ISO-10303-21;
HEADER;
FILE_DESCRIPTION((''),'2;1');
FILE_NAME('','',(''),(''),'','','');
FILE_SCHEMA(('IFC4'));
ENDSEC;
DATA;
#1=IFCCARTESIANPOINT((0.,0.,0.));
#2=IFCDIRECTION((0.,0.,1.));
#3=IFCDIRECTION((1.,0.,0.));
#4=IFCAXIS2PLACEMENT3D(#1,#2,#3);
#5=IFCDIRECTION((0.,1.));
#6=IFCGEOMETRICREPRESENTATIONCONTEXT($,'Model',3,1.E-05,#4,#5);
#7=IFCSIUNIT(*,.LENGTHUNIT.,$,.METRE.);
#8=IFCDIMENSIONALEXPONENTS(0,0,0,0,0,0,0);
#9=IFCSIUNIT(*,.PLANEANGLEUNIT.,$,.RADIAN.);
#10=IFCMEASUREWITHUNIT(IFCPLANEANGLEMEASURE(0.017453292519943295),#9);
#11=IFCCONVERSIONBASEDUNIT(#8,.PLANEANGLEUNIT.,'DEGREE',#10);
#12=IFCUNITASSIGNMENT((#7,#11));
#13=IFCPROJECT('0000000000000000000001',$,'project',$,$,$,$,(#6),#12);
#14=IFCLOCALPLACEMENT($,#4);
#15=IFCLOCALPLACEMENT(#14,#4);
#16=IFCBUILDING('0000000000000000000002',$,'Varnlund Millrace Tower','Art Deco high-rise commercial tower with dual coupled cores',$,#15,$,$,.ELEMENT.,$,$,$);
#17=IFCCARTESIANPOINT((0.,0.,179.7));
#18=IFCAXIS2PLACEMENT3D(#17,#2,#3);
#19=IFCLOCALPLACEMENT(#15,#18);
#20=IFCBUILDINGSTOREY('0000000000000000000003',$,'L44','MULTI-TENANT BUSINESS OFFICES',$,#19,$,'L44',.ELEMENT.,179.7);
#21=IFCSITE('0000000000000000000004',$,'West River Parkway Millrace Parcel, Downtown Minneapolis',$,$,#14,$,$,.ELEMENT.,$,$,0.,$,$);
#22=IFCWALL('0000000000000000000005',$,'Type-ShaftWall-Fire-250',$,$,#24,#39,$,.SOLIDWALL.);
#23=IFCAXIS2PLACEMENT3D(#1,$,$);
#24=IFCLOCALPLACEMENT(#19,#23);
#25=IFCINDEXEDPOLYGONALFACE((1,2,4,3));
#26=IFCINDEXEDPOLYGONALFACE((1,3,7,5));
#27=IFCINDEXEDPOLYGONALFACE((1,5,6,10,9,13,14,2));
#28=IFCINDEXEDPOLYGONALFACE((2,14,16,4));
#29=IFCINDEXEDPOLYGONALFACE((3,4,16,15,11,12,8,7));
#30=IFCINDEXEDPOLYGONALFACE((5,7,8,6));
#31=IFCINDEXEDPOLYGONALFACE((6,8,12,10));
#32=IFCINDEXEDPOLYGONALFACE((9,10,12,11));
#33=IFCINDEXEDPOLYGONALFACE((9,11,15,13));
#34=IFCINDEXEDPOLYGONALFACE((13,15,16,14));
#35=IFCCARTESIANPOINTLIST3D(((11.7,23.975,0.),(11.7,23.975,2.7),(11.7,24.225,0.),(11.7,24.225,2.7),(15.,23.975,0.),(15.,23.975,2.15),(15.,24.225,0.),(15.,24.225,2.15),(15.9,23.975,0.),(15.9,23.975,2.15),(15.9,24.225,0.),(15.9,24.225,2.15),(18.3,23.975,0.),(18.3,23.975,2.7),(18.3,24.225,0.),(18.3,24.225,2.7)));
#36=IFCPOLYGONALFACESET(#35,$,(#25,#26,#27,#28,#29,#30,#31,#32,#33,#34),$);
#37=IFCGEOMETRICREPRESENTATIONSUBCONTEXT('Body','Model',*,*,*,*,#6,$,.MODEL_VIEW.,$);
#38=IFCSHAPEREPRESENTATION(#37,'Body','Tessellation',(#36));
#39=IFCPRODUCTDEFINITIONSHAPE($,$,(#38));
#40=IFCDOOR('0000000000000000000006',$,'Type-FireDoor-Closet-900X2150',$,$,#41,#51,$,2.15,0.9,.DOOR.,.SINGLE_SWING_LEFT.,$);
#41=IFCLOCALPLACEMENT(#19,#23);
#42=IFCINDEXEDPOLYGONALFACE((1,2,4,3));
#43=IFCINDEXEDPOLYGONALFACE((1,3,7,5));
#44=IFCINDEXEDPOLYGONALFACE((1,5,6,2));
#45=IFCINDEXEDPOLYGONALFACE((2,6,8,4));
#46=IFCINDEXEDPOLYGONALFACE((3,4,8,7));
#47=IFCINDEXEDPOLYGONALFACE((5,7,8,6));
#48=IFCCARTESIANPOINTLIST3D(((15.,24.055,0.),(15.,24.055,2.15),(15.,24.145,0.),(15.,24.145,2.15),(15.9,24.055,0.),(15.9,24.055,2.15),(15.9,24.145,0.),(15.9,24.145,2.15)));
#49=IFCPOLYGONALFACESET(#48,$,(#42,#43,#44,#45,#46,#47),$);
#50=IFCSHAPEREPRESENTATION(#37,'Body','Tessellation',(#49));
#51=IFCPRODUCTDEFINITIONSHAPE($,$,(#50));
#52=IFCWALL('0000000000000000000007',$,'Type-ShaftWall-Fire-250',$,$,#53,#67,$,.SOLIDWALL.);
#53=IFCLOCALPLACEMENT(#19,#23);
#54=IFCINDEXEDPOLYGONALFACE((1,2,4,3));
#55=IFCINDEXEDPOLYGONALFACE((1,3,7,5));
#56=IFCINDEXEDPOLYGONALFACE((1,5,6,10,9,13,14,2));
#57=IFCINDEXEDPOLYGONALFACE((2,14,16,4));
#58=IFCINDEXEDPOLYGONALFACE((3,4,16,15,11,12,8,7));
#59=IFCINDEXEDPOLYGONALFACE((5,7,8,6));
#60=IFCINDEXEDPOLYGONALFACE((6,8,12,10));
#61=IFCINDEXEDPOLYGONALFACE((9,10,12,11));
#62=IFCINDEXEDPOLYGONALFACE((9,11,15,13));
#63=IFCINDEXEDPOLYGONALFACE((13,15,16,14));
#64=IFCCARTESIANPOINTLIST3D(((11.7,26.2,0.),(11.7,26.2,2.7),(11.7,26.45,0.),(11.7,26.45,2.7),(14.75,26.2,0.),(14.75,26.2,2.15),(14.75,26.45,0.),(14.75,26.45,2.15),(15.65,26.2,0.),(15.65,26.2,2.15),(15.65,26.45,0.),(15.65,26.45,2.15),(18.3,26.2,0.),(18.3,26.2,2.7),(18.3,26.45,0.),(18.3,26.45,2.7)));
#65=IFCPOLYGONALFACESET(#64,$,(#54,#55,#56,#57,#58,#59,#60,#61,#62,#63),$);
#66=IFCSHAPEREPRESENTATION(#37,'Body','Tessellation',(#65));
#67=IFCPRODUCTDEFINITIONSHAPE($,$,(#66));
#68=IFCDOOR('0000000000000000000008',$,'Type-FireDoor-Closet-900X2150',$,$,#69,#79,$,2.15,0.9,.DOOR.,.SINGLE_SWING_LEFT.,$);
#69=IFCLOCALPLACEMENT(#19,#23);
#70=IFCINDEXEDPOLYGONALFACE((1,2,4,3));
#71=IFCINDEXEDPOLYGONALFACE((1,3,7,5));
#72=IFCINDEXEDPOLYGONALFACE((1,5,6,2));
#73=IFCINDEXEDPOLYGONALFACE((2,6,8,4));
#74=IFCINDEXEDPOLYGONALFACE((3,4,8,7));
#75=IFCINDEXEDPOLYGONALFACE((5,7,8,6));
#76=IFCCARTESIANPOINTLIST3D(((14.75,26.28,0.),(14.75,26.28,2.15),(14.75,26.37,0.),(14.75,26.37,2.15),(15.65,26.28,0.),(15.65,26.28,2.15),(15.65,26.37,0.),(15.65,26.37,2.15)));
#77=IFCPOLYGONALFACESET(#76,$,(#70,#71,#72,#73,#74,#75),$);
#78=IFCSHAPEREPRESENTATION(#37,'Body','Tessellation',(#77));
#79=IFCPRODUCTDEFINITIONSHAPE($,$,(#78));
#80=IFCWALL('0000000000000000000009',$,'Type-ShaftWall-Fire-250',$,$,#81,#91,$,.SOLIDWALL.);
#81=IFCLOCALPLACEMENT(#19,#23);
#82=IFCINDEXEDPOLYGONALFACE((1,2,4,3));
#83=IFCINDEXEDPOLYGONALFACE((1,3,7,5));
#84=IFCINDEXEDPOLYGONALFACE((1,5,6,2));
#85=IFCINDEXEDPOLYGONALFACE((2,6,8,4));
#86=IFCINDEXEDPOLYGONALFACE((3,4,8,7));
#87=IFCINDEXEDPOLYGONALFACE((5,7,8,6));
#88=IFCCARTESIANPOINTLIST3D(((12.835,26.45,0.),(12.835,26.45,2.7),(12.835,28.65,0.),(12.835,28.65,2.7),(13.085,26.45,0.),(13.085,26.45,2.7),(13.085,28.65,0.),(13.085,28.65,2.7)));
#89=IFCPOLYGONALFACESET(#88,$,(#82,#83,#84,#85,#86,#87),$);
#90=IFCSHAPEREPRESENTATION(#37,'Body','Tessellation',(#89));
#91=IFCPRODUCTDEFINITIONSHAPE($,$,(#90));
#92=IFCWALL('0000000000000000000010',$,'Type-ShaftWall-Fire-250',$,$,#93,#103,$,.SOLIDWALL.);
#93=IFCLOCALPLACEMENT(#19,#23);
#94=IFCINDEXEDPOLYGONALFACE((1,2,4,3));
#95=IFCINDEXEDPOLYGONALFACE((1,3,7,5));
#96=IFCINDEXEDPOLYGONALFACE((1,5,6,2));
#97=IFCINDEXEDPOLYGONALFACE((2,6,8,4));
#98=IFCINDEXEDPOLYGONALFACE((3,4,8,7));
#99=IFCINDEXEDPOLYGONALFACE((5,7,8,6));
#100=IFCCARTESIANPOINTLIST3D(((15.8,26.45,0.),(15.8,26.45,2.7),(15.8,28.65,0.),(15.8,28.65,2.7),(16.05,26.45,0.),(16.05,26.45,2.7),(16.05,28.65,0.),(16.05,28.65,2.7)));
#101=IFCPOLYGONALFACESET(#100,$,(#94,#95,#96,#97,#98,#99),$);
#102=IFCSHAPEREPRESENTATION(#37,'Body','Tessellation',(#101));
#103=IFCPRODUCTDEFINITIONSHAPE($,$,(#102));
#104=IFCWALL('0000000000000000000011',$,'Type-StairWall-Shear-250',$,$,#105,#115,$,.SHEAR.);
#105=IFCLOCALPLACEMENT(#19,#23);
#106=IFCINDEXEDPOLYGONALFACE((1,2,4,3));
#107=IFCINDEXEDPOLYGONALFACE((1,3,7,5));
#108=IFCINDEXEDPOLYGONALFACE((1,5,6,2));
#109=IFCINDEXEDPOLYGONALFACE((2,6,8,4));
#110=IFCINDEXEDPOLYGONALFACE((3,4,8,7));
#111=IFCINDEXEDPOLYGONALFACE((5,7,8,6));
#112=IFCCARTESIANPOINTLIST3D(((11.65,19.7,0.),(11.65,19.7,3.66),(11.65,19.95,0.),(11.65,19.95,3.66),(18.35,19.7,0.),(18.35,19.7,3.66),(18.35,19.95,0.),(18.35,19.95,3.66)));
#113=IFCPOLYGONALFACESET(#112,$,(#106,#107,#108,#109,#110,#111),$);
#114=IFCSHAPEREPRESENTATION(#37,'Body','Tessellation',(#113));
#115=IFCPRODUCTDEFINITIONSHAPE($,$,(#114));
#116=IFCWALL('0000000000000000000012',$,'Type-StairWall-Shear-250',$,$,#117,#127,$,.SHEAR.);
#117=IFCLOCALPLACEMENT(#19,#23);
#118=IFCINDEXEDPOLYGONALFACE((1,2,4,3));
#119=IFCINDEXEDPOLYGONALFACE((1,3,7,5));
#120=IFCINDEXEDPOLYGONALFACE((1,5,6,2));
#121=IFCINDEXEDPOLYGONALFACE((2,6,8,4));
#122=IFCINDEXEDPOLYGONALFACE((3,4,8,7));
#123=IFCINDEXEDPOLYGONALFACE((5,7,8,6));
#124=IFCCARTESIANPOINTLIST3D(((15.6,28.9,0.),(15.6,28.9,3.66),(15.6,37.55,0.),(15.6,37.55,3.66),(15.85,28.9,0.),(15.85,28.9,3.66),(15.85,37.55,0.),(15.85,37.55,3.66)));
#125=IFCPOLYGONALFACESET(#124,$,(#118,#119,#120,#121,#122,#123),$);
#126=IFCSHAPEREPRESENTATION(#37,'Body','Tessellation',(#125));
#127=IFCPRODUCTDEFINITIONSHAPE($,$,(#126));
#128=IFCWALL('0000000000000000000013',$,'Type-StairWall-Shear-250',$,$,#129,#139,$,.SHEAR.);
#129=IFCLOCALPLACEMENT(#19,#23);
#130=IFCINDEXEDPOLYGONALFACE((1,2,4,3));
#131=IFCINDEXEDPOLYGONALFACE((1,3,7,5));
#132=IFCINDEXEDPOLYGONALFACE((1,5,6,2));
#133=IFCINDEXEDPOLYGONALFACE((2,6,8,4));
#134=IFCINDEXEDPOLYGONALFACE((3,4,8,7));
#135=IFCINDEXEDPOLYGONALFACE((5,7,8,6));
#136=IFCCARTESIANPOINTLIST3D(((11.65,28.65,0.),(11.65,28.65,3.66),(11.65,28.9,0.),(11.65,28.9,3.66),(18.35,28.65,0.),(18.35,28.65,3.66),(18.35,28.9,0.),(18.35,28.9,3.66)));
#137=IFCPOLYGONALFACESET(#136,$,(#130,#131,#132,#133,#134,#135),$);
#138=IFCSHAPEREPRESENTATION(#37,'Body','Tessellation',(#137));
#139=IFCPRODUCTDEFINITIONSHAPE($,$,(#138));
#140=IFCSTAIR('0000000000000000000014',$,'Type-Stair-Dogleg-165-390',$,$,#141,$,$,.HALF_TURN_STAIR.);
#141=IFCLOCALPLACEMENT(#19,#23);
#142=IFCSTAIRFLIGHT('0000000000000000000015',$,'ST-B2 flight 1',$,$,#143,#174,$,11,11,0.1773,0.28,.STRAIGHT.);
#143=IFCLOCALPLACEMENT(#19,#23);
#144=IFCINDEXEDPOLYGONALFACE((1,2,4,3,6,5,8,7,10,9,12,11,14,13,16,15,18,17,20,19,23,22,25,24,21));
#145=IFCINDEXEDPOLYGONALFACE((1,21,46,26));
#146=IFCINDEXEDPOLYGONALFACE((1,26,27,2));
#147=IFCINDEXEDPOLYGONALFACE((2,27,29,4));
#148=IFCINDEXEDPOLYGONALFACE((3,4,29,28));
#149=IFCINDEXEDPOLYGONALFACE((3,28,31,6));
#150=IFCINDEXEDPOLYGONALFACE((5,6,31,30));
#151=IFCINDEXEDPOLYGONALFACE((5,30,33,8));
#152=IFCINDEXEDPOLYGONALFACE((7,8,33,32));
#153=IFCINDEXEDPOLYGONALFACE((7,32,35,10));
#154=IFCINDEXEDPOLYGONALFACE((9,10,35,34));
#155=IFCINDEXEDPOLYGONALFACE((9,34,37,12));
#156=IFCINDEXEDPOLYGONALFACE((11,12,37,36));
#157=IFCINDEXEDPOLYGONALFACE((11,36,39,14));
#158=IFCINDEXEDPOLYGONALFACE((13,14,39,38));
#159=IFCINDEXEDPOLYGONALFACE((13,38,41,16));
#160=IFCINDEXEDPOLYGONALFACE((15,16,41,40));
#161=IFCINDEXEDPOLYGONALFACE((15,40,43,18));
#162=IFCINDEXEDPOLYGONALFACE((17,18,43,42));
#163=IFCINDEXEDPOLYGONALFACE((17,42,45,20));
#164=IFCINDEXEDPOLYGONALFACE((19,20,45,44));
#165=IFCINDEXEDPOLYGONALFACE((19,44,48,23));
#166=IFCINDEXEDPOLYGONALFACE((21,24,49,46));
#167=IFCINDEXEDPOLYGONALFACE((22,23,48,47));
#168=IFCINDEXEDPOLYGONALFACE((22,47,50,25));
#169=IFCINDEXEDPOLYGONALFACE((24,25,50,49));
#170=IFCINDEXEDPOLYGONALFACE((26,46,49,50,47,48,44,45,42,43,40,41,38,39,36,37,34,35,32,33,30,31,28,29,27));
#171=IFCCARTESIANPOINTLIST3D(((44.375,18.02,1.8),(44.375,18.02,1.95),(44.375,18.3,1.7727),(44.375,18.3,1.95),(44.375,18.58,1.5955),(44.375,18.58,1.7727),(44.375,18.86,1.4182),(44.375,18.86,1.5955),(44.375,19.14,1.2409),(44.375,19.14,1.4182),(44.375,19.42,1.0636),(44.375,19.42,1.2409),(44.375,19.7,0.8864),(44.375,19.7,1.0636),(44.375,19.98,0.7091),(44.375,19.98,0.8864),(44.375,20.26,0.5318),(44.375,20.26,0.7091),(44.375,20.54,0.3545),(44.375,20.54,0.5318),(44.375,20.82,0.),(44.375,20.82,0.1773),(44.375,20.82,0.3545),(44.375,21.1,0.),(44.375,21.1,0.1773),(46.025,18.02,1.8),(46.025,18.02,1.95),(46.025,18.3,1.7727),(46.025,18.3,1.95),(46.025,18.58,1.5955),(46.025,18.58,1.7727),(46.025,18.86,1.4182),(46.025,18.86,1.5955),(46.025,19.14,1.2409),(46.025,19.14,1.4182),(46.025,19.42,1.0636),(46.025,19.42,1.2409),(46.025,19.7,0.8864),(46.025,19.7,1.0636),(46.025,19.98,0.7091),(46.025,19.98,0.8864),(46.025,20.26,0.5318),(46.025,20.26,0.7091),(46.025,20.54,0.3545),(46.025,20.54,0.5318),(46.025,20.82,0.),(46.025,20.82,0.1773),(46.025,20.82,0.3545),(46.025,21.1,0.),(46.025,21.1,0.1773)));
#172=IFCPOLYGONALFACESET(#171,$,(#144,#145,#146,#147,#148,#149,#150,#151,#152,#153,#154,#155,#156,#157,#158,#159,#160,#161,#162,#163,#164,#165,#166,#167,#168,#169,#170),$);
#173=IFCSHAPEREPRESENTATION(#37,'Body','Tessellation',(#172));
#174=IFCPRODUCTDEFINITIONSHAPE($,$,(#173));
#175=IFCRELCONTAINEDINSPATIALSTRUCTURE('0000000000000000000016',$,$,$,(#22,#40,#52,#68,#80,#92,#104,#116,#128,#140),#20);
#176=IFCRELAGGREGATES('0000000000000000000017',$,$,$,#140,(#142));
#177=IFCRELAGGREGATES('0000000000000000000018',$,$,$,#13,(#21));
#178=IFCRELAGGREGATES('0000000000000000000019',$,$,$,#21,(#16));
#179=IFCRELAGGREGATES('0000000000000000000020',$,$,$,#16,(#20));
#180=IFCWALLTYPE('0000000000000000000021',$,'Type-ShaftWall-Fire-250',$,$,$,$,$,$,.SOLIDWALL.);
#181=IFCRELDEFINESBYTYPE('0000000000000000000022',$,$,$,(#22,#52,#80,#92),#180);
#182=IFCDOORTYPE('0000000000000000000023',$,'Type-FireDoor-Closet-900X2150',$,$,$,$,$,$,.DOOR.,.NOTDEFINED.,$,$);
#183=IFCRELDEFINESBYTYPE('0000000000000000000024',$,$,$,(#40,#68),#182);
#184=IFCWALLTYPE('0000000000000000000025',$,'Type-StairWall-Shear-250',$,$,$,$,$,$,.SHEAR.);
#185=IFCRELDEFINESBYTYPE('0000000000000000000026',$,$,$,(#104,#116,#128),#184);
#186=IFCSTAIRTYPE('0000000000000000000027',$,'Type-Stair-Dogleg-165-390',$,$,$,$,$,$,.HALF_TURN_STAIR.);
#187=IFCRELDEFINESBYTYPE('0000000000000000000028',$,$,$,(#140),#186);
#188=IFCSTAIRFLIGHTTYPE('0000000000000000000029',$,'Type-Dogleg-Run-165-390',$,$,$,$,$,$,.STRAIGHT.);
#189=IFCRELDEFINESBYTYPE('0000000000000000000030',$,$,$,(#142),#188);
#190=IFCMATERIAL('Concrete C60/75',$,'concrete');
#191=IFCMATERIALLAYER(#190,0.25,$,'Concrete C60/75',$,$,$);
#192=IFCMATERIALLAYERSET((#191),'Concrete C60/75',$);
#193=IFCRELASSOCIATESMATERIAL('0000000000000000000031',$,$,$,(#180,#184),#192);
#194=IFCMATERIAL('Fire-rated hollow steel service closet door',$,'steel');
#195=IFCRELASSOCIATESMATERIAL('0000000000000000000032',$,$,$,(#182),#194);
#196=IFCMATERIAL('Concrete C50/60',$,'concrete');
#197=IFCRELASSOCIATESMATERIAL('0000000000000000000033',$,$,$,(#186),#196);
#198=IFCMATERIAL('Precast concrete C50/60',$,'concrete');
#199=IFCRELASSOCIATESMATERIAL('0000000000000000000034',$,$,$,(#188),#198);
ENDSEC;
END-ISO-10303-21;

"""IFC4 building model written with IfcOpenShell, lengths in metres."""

from ifc_helpers import new_model, entity, si_unit, converted_unit, direction, frame, origin_with_axes, origin_2d_with_axis, place, context, subcontext, project, spatial, polyline, rectangle, outline, extrude, material, layer, layer_set, type_object, element, fill, aggregate, save


model = new_model("IFC4")

# Units and contexts
model_context = context("Model", 3, precision=1e-05, world=origin_with_axes(), true_north=direction((0.0, 1.0)))
body_context = subcontext(model_context, "Body", "Model", "MODEL_VIEW")
ifc_project = project(units=[si_unit("LENGTHUNIT", "METRE"), converted_unit("PLANEANGLEUNIT", "DEGREE", entity("IfcPlaneAngleMeasure", 0.017453292519943295), si_unit("PLANEANGLEUNIT", "RADIAN"), dimensions=[0, 0, 0, 0, 0, 0, 0])], contexts=[model_context])

# Site, building, storey
site_placement = place(None, origin_with_axes())
site = spatial("IfcSite", under=ifc_project, at=site_placement, Name="West River Parkway Millrace Parcel, Downtown Minneapolis", CompositionType="ELEMENT", RefElevation=0.0)
building_placement = place(site_placement, origin_with_axes())
building = spatial("IfcBuilding", under=site, at=building_placement, Name="Varnlund Millrace Tower", Description="Art Deco high-rise commercial tower with dual coupled cores", CompositionType="ELEMENT")
storey_placement = place(building_placement, frame((0.0, 0.0, 179.7), z_axis=(0.0, 0.0, 1.0), x_axis=(1.0, 0.0, 0.0)))
storey = spatial("IfcBuildingStorey", under=building, at=storey_placement, Name="L44", Description="MULTI-TENANT BUSINESS OFFICES", LongName="L44", CompositionType="ELEMENT", Elevation=179.7)

# Shared definitions
ifc_material_1 = material(Name="Concrete C60/75", Category="concrete")
ifc_layer_1 = layer(ifc_material_1, 0.25, Name="Concrete C60/75")
ifc_layer_set_1 = layer_set([ifc_layer_1], Name="Concrete C60/75")
wall_type_1 = type_object("IfcWallType", Name="Type-ShaftWall-Fire-250", PredefinedType="SOLIDWALL", material=ifc_layer_set_1)

# Walls, openings, doors
wall_1_placement = place(storey_placement, frame((11.7, 24.1, 0.0), z_axis=(0.0, 0.0, 1.0), x_axis=(1.0, 0.0, 0.0)))
wall_1 = element("IfcWall", 1, at=wall_1_placement, inside=storey, type_object=wall_type_1, Name="Type-ShaftWall-Fire-250", PredefinedType="SOLIDWALL", context=body_context, shape_type="SweptSolid", body=[
    extrude(outline(polyline([(0.0, -0.125), (6.6, -0.125), (6.6, 0.125), (0.0, 0.125), (0.0, -0.125)])), origin_with_axes(), (0.0, 0.0, 1.0), 2.7),
])
opening_1_placement = place(wall_1_placement, frame((3.75, 0.0, 0.0), z_axis=(0.0, 0.0, 1.0), x_axis=(1.0, 0.0, 0.0)))
opening_1 = element("IfcOpeningElement", 2, at=opening_1_placement, cuts=wall_1, PredefinedType="OPENING", context=body_context, shape_type="SweptSolid", body=[
    extrude(rectangle(XDim=0.9, YDim=0.27, at=origin_2d_with_axis()), origin_with_axes(), (0.0, 0.0, 1.0), 2.15),
])
ifc_material_2 = material(Name="Fire-rated hollow steel service closet door", Category="steel")
door_type_1 = type_object("IfcDoorType", Name="Type-FireDoor-Closet-900X2150", OperationType="NOTDEFINED", PredefinedType="DOOR", material=ifc_material_2)
door_1_placement = place(wall_1_placement, frame((3.75, 0.0, 0.0), z_axis=(0.0, 0.0, 1.0), x_axis=(1.0, 0.0, 0.0)))
door_1 = element("IfcDoor", 3, at=door_1_placement, inside=storey, type_object=door_type_1, Name="Type-FireDoor-Closet-900X2150", OperationType="SINGLE_SWING_LEFT", OverallHeight=2.15, OverallWidth=0.9, PredefinedType="DOOR", context=body_context, shape_type="SweptSolid", body=[
    extrude(rectangle(XDim=0.9, YDim=0.09, at=origin_2d_with_axis()), origin_with_axes(), (0.0, 0.0, 1.0), 2.15),
])
fill(opening_1, door_1)
wall_2_placement = place(storey_placement, frame((11.7, 26.325, 0.0), z_axis=(0.0, 0.0, 1.0), x_axis=(1.0, 0.0, 0.0)))
wall_2 = element("IfcWall", 4, at=wall_2_placement, inside=storey, type_object=wall_type_1, Name="Type-ShaftWall-Fire-250", PredefinedType="SOLIDWALL", context=body_context, shape_type="SweptSolid", body=[
    extrude(outline(polyline([(0.0, -0.125), (6.6, -0.125), (6.6, 0.125), (0.0, 0.125), (0.0, -0.125)])), origin_with_axes(), (0.0, 0.0, 1.0), 2.7),
])
opening_2_placement = place(wall_2_placement, frame((3.5, 0.0, 0.0), z_axis=(0.0, 0.0, 1.0), x_axis=(1.0, 0.0, 0.0)))
opening_2 = element("IfcOpeningElement", 5, at=opening_2_placement, cuts=wall_2, PredefinedType="OPENING", context=body_context, shape_type="SweptSolid", body=[
    extrude(rectangle(XDim=0.9, YDim=0.27, at=origin_2d_with_axis()), origin_with_axes(), (0.0, 0.0, 1.0), 2.15),
])
door_2_placement = place(wall_2_placement, frame((3.5, 0.0, 0.0), z_axis=(0.0, 0.0, 1.0), x_axis=(1.0, 0.0, 0.0)))
door_2 = element("IfcDoor", 6, at=door_2_placement, inside=storey, type_object=door_type_1, Name="Type-FireDoor-Closet-900X2150", OperationType="SINGLE_SWING_LEFT", OverallHeight=2.15, OverallWidth=0.9, PredefinedType="DOOR", context=body_context, shape_type="SweptSolid", body=[
    extrude(rectangle(XDim=0.9, YDim=0.09, at=origin_2d_with_axis()), origin_with_axes(), (0.0, 0.0, 1.0), 2.15),
])
fill(opening_2, door_2)

# Walls
for number, where, z_axis, x_axis, name in (
    (7, (12.96, 26.45, 0.0), (0.0, 0.0, 1.0), (0.0, 1.0, 0.0), "Type-ShaftWall-Fire-250"),
    (8, (15.925, 26.45, 0.0), (0.0, 0.0, 1.0), (0.0, 1.0, 0.0), "Type-ShaftWall-Fire-250"),
):
    element("IfcWall", number, at=place(storey_placement, frame(where, z_axis=z_axis, x_axis=x_axis)), inside=storey, type_object=wall_type_1, Name=name, PredefinedType="SOLIDWALL", context=body_context, shape_type="SweptSolid", body=[
        extrude(outline(polyline([(0.0, -0.125), (2.2, -0.125), (2.2, 0.125), (0.0, 0.125), (0.0, -0.125)])), origin_with_axes(), (0.0, 0.0, 1.0), 2.7),
    ])
wall_type_2 = type_object("IfcWallType", Name="Type-StairWall-Shear-250", PredefinedType="SHEAR", material=ifc_layer_set_1)
wall_3_placement = place(storey_placement, frame((11.65, 19.825, 0.0), z_axis=(0.0, 0.0, 1.0), x_axis=(1.0, 0.0, 0.0)))
element("IfcWall", 9, at=wall_3_placement, inside=storey, type_object=wall_type_2, Name="Type-StairWall-Shear-250", PredefinedType="SHEAR", context=body_context, shape_type="SweptSolid", body=[
    extrude(outline(polyline([(0.0, -0.125), (6.7, -0.125), (6.7, 0.125), (0.0, 0.125), (0.0, -0.125)])), origin_with_axes(), (0.0, 0.0, 1.0), 3.66),
])
wall_4_placement = place(storey_placement, frame((15.725, 28.9, 0.0), z_axis=(0.0, 0.0, 1.0), x_axis=(0.0, 1.0, 0.0)))
element("IfcWall", 10, at=wall_4_placement, inside=storey, type_object=wall_type_2, Name="Type-StairWall-Shear-250", PredefinedType="SHEAR", context=body_context, shape_type="SweptSolid", body=[
    extrude(outline(polyline([(0.0, -0.125), (8.65, -0.125), (8.65, 0.125), (0.0, 0.125), (0.0, -0.125)])), origin_with_axes(), (0.0, 0.0, 1.0), 3.66),
])
wall_5_placement = place(storey_placement, frame((11.65, 28.775, 0.0), z_axis=(0.0, 0.0, 1.0), x_axis=(1.0, 0.0, 0.0)))
element("IfcWall", 11, at=wall_5_placement, inside=storey, type_object=wall_type_2, Name="Type-StairWall-Shear-250", PredefinedType="SHEAR", context=body_context, shape_type="SweptSolid", body=[
    extrude(outline(polyline([(0.0, -0.125), (6.7, -0.125), (6.7, 0.125), (0.0, 0.125), (0.0, -0.125)])), origin_with_axes(), (0.0, 0.0, 1.0), 3.66),
])

# Stair, stair flight
ifc_material_3 = material(Name="Concrete C50/60", Category="concrete")
stair_type_1 = type_object("IfcStairType", Name="Type-Stair-Dogleg-165-390", PredefinedType="HALF_TURN_STAIR", material=ifc_material_3)
stair_1_placement = place(storey_placement, origin_with_axes())
stair_1 = element("IfcStair", 12, at=stair_1_placement, inside=storey, type_object=stair_type_1, Name="Type-Stair-Dogleg-165-390", PredefinedType="HALF_TURN_STAIR")
ifc_material_4 = material(Name="Precast concrete C50/60", Category="concrete")
stair_flight_type_1 = type_object("IfcStairFlightType", Name="Type-Dogleg-Run-165-390", PredefinedType="STRAIGHT", material=ifc_material_4)
stair_flight_1_placement = place(storey_placement, frame((46.025, 21.1, 0.0), z_axis=(-1.0, 0.0, 0.0), x_axis=(0.0, -1.0, 0.0)))
stair_flight_1 = element("IfcStairFlight", 13, at=stair_flight_1_placement, type_object=stair_flight_type_1, Name="ST-B2 flight 1", NumberOfRisers=11, NumberOfTreads=11, PredefinedType="STRAIGHT", RiserHeight=0.1773, TreadLength=0.28, context=body_context, shape_type="SweptSolid", body=[
    extrude(outline(polyline([(0.0, 0.0), (0.0, 0.1773), (0.28, 0.1773), (0.28, 0.3545), (0.56, 0.3545), (0.56, 0.5318), (0.84, 0.5318), (0.84, 0.7091), (1.12, 0.7091), (1.12, 0.8864), (1.4, 0.8864), (1.4, 1.0636), (1.68, 1.0636), (1.68, 1.2409), (1.96, 1.2409), (1.96, 1.4182), (2.24, 1.4182), (2.24, 1.5955), (2.52, 1.5955), (2.52, 1.7727), (2.8, 1.7727), (2.8, 1.95), (3.08, 1.95), (3.08, 1.8), (0.28, 0.0), (0.0, 0.0)])), origin_with_axes(), (0.0, 0.0, 1.0), 1.65),
])
aggregate(stair_1, [stair_flight_1])

save(model, "model.ifc")
